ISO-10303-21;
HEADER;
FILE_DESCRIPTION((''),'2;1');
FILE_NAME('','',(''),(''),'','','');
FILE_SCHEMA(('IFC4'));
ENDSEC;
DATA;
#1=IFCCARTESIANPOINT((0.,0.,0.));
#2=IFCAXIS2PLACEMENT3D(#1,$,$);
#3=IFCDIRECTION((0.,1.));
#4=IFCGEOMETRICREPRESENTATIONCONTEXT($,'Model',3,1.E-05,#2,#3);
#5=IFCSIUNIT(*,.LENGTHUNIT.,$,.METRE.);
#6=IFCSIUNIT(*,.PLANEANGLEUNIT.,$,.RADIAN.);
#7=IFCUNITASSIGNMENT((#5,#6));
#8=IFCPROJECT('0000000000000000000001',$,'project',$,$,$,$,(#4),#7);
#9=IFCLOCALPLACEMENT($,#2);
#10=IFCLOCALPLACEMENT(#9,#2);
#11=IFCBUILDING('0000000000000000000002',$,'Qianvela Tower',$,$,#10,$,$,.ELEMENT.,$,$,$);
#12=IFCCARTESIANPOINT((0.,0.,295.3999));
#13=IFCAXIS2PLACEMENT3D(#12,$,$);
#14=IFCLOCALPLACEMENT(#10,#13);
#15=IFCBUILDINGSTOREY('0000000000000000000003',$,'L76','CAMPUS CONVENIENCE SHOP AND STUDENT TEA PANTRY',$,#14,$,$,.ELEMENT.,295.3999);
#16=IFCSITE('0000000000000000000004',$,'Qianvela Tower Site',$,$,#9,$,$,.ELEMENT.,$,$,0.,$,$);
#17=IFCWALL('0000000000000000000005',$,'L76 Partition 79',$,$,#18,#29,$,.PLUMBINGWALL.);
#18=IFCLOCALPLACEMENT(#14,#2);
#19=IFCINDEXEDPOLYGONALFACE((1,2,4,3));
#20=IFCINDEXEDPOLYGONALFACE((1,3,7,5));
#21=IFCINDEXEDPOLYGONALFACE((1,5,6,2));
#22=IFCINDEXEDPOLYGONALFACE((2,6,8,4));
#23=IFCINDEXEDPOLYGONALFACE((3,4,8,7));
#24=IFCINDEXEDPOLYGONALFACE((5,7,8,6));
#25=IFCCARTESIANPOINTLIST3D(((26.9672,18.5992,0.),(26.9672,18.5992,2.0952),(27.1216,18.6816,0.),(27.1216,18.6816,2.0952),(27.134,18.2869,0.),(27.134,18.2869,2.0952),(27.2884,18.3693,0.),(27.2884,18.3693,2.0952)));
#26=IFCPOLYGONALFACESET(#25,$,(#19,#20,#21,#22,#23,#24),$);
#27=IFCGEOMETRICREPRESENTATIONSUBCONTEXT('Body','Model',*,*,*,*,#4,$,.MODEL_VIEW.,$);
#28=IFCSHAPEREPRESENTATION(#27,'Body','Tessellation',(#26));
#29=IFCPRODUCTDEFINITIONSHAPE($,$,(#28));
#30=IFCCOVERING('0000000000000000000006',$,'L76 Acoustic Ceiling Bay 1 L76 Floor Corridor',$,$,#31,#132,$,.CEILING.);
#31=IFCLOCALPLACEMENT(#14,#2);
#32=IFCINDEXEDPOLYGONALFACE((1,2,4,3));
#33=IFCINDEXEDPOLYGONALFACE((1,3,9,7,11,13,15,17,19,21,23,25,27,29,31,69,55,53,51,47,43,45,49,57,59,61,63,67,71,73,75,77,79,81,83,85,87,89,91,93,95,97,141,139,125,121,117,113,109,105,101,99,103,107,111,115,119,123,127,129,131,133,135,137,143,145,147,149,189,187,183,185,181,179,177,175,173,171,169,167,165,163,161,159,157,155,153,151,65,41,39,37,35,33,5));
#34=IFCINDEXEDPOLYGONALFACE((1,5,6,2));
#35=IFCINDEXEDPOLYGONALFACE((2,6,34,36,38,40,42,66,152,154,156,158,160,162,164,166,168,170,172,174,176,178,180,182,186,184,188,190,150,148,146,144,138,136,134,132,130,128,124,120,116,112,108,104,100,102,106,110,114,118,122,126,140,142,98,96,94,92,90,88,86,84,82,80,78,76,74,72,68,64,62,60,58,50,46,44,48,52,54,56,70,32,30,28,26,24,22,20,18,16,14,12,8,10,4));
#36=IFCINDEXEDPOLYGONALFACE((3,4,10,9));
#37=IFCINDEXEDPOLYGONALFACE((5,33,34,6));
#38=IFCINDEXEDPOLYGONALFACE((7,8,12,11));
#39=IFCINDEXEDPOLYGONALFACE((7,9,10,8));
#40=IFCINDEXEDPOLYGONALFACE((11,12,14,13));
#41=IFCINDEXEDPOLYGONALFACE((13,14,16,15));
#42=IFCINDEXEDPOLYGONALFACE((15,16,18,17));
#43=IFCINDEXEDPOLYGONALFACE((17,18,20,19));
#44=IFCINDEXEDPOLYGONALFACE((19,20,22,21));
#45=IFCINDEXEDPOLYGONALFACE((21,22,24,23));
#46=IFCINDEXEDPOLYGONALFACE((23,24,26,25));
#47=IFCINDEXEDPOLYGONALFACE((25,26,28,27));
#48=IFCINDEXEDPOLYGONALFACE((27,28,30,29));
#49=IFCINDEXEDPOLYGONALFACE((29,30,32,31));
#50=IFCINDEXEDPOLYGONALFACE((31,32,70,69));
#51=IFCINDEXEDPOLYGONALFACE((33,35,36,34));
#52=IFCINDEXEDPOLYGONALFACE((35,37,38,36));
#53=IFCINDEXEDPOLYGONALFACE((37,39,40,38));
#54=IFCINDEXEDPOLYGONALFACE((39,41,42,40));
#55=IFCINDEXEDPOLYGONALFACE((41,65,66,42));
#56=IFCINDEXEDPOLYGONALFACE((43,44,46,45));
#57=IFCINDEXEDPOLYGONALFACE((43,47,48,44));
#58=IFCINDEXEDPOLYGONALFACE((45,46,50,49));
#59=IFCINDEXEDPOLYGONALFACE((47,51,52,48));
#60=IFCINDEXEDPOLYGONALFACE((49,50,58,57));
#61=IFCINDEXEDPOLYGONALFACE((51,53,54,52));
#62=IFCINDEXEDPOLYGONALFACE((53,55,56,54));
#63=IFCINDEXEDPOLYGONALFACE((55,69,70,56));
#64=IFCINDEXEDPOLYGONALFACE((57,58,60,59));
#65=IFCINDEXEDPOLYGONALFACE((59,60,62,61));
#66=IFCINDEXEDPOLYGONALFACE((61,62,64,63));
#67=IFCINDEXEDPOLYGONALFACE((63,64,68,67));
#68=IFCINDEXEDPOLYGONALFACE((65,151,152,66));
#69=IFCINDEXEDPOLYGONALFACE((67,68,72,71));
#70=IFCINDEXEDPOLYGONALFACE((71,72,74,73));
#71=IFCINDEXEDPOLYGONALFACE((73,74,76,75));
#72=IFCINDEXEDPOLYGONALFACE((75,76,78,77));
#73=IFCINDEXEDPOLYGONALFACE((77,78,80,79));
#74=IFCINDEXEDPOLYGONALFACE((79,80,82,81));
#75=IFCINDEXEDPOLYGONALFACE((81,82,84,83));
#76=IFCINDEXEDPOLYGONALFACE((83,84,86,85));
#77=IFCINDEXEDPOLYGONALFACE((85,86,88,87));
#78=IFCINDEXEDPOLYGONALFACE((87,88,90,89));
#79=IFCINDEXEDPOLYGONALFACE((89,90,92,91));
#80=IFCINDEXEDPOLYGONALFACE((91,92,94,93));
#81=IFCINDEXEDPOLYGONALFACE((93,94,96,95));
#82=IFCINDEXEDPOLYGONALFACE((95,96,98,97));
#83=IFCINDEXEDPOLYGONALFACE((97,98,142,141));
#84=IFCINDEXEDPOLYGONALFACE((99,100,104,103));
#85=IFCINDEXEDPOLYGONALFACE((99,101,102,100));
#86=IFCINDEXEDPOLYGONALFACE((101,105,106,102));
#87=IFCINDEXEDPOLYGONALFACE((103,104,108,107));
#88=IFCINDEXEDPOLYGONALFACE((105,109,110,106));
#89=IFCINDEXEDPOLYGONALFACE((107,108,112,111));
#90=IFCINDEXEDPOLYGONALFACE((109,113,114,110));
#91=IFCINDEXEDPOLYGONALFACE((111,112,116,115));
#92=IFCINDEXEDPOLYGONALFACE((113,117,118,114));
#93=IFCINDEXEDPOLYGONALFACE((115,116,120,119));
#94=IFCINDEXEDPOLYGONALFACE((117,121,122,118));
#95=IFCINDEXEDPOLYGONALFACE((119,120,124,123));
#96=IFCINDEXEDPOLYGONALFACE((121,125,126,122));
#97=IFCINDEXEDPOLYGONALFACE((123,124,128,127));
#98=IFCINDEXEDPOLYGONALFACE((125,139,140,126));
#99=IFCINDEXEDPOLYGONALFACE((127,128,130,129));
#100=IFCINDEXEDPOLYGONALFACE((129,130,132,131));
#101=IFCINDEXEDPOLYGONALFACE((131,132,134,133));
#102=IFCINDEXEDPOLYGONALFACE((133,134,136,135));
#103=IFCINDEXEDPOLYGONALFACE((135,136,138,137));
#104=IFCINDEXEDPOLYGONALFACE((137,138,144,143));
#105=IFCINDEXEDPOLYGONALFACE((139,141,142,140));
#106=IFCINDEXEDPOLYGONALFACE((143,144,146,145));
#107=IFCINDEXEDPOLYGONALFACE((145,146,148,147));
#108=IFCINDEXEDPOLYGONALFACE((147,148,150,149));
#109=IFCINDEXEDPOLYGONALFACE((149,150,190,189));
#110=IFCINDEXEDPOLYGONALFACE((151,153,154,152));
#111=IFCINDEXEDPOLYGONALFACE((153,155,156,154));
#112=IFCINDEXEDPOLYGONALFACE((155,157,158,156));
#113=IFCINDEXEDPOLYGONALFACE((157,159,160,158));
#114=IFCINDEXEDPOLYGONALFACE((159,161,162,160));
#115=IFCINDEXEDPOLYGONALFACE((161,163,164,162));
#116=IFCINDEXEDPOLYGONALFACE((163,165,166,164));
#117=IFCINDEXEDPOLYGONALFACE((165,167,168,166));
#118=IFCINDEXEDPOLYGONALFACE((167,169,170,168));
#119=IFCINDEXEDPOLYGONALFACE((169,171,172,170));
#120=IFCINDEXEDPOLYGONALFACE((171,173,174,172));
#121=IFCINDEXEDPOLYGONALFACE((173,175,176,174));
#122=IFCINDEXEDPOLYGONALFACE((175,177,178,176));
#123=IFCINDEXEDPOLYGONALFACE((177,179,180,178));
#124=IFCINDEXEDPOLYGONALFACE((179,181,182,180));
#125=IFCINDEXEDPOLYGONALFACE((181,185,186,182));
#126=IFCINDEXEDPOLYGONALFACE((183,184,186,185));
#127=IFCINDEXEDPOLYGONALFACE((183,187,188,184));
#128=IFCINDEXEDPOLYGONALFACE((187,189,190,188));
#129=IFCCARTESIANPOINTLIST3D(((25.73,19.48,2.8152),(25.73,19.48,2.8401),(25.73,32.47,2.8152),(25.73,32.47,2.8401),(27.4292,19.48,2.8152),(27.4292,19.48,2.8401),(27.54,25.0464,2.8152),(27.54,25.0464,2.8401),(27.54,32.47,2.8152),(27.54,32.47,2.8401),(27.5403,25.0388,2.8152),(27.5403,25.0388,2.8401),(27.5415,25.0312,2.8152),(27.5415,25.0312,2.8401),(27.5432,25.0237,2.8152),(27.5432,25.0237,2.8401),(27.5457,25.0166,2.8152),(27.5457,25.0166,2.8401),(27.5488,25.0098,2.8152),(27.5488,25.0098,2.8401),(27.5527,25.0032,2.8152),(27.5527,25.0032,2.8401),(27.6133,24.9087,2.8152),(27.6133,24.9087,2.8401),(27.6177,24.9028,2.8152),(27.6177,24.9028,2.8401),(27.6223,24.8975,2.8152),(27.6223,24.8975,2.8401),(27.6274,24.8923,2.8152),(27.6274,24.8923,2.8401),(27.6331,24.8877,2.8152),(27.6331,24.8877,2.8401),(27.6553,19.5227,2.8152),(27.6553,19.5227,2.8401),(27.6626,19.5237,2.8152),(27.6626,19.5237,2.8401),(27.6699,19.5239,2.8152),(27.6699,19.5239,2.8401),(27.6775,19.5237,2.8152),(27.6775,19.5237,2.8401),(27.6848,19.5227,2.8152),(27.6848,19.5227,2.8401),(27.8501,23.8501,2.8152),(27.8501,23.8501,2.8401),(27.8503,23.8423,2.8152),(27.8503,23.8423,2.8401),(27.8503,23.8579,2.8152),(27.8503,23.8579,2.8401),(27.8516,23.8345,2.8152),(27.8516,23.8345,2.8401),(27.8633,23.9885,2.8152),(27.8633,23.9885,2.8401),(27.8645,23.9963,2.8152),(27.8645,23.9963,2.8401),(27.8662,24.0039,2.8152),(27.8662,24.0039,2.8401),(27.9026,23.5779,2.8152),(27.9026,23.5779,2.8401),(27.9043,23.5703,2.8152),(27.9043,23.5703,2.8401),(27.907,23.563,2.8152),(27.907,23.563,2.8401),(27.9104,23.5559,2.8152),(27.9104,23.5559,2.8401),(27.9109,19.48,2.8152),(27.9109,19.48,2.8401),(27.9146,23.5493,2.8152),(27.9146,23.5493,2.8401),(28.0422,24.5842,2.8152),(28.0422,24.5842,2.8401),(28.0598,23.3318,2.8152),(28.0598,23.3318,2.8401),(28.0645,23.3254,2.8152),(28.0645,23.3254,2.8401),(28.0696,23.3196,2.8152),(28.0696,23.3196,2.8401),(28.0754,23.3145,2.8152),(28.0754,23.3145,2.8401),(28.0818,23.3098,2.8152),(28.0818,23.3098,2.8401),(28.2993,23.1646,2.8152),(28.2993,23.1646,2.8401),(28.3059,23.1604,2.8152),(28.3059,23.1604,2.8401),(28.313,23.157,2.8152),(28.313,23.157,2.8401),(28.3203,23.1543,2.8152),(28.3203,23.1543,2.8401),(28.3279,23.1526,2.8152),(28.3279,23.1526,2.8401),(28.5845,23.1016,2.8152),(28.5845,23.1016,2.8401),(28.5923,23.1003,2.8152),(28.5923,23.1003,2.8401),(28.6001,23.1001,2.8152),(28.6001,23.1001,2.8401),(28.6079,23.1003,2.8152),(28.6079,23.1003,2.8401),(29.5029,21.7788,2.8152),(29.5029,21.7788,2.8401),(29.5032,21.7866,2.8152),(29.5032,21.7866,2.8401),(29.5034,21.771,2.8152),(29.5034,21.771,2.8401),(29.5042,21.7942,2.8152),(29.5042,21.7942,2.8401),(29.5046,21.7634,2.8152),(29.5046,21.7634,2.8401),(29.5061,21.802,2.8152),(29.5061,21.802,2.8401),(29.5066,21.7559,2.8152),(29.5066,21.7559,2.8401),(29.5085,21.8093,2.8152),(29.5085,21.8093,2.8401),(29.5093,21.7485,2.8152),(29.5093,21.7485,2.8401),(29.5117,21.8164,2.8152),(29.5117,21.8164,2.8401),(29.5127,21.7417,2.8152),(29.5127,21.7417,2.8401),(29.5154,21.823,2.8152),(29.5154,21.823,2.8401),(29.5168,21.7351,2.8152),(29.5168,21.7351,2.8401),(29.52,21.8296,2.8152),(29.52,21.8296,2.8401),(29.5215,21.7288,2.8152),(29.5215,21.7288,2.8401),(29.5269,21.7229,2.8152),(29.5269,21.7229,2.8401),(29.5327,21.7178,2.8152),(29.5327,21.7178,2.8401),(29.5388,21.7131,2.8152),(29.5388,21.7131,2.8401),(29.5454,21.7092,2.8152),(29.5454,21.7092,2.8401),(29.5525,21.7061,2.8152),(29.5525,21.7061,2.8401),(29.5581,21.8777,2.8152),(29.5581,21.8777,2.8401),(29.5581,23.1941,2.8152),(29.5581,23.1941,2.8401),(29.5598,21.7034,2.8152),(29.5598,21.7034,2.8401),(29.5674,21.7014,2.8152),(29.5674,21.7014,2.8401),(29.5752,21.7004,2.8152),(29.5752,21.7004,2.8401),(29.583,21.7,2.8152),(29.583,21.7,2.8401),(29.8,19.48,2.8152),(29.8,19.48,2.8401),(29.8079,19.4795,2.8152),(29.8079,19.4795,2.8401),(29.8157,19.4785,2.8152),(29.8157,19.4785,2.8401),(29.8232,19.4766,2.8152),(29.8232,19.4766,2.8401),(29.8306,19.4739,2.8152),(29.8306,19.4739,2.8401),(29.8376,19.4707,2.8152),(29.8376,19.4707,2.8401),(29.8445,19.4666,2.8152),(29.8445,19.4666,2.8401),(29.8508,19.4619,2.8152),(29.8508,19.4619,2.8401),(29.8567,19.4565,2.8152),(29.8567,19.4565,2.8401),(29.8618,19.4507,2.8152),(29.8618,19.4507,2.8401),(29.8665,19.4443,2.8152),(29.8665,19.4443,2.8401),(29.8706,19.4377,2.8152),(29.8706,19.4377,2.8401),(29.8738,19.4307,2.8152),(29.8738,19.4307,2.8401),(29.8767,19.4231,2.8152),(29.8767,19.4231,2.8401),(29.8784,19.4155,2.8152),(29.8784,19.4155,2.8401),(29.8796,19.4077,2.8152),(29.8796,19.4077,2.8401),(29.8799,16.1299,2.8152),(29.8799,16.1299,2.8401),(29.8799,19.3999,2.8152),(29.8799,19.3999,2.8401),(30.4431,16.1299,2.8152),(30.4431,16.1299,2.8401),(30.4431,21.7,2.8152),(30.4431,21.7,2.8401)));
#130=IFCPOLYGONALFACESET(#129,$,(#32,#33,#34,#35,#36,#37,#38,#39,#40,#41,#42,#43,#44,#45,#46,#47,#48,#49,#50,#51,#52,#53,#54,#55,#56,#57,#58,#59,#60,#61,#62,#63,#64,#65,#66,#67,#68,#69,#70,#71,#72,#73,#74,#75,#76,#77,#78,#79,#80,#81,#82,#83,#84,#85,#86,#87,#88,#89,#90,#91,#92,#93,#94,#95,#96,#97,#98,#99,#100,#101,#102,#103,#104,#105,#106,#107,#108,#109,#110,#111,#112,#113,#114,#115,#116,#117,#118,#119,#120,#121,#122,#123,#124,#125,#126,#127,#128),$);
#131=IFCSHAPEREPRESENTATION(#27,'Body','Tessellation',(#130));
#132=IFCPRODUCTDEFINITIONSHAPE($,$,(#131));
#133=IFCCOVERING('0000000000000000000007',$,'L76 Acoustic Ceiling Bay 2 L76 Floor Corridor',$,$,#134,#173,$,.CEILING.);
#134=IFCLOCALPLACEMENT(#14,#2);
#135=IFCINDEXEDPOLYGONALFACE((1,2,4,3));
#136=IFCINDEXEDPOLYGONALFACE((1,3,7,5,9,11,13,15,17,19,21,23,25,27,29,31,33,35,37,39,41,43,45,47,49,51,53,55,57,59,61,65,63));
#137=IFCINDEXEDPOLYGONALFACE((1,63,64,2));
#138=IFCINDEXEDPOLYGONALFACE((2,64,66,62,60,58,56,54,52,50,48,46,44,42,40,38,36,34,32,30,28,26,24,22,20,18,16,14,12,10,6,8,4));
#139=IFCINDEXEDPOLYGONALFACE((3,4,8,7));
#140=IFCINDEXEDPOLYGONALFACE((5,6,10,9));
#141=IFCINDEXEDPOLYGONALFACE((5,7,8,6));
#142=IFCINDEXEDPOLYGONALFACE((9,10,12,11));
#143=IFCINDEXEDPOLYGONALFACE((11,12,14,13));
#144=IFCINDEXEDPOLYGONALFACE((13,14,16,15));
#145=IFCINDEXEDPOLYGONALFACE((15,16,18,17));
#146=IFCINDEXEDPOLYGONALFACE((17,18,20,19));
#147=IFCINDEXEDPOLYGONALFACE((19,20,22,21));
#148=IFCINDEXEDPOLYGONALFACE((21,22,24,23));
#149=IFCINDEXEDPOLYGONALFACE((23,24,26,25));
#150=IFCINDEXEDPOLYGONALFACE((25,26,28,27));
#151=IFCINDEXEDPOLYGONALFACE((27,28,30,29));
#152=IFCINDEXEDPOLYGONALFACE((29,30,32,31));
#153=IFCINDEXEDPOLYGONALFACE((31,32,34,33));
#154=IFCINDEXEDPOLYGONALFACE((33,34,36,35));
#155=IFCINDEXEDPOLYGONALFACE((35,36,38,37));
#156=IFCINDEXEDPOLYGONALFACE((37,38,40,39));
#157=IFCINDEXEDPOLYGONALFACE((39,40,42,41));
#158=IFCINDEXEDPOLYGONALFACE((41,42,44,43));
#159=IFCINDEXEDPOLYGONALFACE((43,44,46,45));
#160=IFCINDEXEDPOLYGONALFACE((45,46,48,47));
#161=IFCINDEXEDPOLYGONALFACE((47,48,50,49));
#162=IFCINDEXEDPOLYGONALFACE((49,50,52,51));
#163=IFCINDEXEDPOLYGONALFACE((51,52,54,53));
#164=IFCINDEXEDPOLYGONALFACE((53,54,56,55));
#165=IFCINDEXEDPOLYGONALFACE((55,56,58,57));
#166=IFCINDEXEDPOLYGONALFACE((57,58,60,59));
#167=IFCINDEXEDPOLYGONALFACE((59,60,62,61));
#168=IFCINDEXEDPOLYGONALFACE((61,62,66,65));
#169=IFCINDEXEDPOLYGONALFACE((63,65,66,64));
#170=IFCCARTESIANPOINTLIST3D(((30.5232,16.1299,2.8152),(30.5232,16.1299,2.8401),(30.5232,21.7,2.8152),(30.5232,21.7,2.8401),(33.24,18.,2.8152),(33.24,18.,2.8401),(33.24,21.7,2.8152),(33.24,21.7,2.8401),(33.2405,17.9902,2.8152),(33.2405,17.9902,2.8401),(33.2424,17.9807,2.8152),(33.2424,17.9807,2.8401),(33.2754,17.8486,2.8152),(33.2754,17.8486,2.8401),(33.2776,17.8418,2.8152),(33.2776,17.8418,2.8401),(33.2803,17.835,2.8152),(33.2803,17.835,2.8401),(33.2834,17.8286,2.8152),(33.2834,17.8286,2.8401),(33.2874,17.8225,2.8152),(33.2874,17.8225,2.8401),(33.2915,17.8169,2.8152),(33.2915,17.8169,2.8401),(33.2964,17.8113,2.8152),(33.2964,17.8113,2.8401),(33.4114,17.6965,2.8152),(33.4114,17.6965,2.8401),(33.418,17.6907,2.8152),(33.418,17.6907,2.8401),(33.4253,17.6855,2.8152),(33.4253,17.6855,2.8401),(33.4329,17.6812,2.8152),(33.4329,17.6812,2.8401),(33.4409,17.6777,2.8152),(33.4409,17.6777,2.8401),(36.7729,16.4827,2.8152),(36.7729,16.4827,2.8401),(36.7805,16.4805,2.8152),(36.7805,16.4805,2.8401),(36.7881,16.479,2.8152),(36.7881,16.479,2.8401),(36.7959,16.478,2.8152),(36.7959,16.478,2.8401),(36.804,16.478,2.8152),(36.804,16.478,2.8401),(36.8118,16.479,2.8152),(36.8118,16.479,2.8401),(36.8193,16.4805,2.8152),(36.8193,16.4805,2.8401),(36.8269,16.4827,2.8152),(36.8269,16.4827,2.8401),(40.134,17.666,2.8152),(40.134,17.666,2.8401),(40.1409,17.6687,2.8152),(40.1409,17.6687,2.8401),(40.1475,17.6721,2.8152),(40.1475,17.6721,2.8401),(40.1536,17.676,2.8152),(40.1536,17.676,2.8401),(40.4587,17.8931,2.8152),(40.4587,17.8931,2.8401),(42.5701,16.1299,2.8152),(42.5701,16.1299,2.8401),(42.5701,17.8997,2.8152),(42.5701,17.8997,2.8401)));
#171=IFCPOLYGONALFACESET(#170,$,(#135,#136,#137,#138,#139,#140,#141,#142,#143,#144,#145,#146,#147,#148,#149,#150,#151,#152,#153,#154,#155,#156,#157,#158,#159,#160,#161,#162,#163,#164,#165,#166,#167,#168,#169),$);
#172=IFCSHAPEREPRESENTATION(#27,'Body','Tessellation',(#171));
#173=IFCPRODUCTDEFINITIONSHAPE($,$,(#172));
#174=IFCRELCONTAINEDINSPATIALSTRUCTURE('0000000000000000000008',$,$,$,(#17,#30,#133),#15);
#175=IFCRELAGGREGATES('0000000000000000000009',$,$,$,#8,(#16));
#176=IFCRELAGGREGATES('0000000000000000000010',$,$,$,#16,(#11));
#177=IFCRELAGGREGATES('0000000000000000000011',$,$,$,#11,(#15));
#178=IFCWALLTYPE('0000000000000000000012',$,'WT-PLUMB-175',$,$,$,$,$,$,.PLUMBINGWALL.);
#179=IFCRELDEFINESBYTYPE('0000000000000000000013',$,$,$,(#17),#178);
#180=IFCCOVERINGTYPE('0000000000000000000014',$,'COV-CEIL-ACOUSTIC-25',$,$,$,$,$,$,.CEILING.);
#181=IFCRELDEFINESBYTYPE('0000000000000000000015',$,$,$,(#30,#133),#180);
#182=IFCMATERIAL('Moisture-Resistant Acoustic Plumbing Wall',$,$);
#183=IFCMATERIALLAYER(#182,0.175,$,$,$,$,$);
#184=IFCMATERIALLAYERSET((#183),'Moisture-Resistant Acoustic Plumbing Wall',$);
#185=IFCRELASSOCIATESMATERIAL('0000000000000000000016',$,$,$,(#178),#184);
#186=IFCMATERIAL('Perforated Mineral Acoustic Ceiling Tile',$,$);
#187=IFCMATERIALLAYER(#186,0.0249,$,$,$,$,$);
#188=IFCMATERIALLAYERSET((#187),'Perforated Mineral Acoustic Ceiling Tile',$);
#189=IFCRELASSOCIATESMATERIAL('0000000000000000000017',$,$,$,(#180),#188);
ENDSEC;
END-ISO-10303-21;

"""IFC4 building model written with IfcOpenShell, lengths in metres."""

from ifc_helpers import new_model, si_unit, direction, frame, frame_2d, origin, place, context, subcontext, project, spatial, polyline, rectangle, outline, extrude, material, layer, layer_set, type_object, element, save


model = new_model("IFC4")

# Units and contexts
model_context = context("Model", 3, precision=1e-05, world=origin(), true_north=direction((0.0, 1.0)))
body_context = subcontext(model_context, "Body", "Model", "MODEL_VIEW")
ifc_project = project(units=[si_unit("LENGTHUNIT", "METRE"), si_unit("PLANEANGLEUNIT", "RADIAN")], contexts=[model_context])

# Site, building, storey
site_placement = place(None, origin())
site = spatial("IfcSite", under=ifc_project, at=site_placement, Name="Qianvela Tower Site", CompositionType="ELEMENT", RefElevation=0.0)
building_placement = place(site_placement, origin())
building = spatial("IfcBuilding", under=site, at=building_placement, Name="Qianvela Tower", CompositionType="ELEMENT")
storey_placement = place(building_placement, frame((0.0, 0.0, 295.3999)))
storey = spatial("IfcBuildingStorey", under=building, at=storey_placement, Name="L76", Description="CAMPUS CONVENIENCE SHOP AND STUDENT TEA PANTRY", CompositionType="ELEMENT", Elevation=295.3999)

# Wall
ifc_material_1 = material(Name="Moisture-Resistant Acoustic Plumbing Wall")
ifc_layer_1 = layer(ifc_material_1, 0.175)
ifc_layer_set_1 = layer_set([ifc_layer_1], Name="Moisture-Resistant Acoustic Plumbing Wall")
wall_type_1 = type_object("IfcWallType", Name="WT-PLUMB-175", PredefinedType="PLUMBINGWALL", material=ifc_layer_set_1)
wall_1_placement = place(storey_placement, frame((27.0444, 18.6404, 0.0), z_axis=(0.0, 0.0, 1.0), x_axis=(0.471054, -0.882105, 0.0)))
element("IfcWall", 1, at=wall_1_placement, inside=storey, type_object=wall_type_1, Name="L76 Partition 79", PredefinedType="PLUMBINGWALL", context=body_context, shape_type="SweptSolid", body=[
    extrude(rectangle(XDim=0.354, YDim=0.175, at=frame_2d((0.177, 0.0))), origin(), (0.0, 0.0, 1.0), 2.0952),
])

# Coverings
ifc_material_2 = material(Name="Perforated Mineral Acoustic Ceiling Tile")
ifc_layer_2 = layer(ifc_material_2, 0.0249)
ifc_layer_set_2 = layer_set([ifc_layer_2], Name="Perforated Mineral Acoustic Ceiling Tile")
covering_type_1 = type_object("IfcCoveringType", Name="COV-CEIL-ACOUSTIC-25", PredefinedType="CEILING", material=ifc_layer_set_2)
covering_1_placement = place(storey_placement, frame((0.0, 0.0, 2.8152)))
element("IfcCovering", 2, at=covering_1_placement, inside=storey, type_object=covering_type_1, Name="L76 Acoustic Ceiling Bay 1 L76 Floor Corridor", PredefinedType="CEILING", context=body_context, shape_type="SweptSolid", body=[
    extrude(outline(polyline([(27.8501, 23.8501), (27.8503, 23.8423), (27.8516, 23.8345), (27.9026, 23.5779), (27.9043, 23.5703), (27.907, 23.563), (27.9104, 23.5559), (27.9146, 23.5493), (28.0598, 23.3318), (28.0645, 23.3254), (28.0696, 23.3196), (28.0754, 23.3145), (28.0818, 23.3098), (28.2993, 23.1646), (28.3059, 23.1604), (28.313, 23.157), (28.3203, 23.1543), (28.3279, 23.1526), (28.5845, 23.1016), (28.5923, 23.1003), (28.6001, 23.1001), (28.6079, 23.1003), (29.5581, 23.1941), (29.5581, 21.8777), (29.52, 21.8296), (29.5154, 21.823), (29.5117, 21.8164), (29.5085, 21.8093), (29.5061, 21.802), (29.5042, 21.7942), (29.5032, 21.7866), (29.5029, 21.7788), (29.5034, 21.771), (29.5046, 21.7634), (29.5066, 21.7559), (29.5093, 21.7485), (29.5127, 21.7417), (29.5168, 21.7351), (29.5215, 21.7288), (29.5269, 21.7229), (29.5327, 21.7178), (29.5388, 21.7131), (29.5454, 21.7092), (29.5525, 21.7061), (29.5598, 21.7034), (29.5674, 21.7014), (29.5752, 21.7004), (29.583, 21.7), (30.4431, 21.7), (30.4431, 16.1299), (29.8799, 16.1299), (29.8799, 19.3999), (29.8796, 19.4077), (29.8784, 19.4155), (29.8767, 19.4231), (29.8738, 19.4307), (29.8706, 19.4377), (29.8665, 19.4443), (29.8618, 19.4507), (29.8567, 19.4565), (29.8508, 19.4619), (29.8445, 19.4666), (29.8376, 19.4707), (29.8306, 19.4739), (29.8232, 19.4766), (29.8157, 19.4785), (29.8079, 19.4795), (29.8, 19.48), (27.9109, 19.48), (27.6848, 19.5227), (27.6775, 19.5237), (27.6699, 19.5239), (27.6626, 19.5237), (27.6553, 19.5227), (27.4292, 19.48), (25.73, 19.48), (25.73, 32.47), (27.54, 32.47), (27.54, 25.0464), (27.5403, 25.0388), (27.5415, 25.0312), (27.5432, 25.0237), (27.5457, 25.0166), (27.5488, 25.0098), (27.5527, 25.0032), (27.6133, 24.9087), (27.6177, 24.9028), (27.6223, 24.8975), (27.6274, 24.8923), (27.6331, 24.8877), (28.0422, 24.5842), (27.8662, 24.0039), (27.8645, 23.9963), (27.8633, 23.9885), (27.8503, 23.8579), (27.8501, 23.8501)])), origin(), (0.0, 0.0, 1.0), 0.0249),
])
covering_2_placement = place(storey_placement, frame((0.0, 0.0, 2.8152)))
element("IfcCovering", 3, at=covering_2_placement, inside=storey, type_object=covering_type_1, Name="L76 Acoustic Ceiling Bay 2 L76 Floor Corridor", PredefinedType="CEILING", context=body_context, shape_type="SweptSolid", body=[
    extrude(outline(polyline([(33.24, 21.7), (33.24, 18.0), (33.2405, 17.9902), (33.2424, 17.9807), (33.2754, 17.8486), (33.2776, 17.8418), (33.2803, 17.835), (33.2834, 17.8286), (33.2874, 17.8225), (33.2915, 17.8169), (33.2964, 17.8113), (33.4114, 17.6965), (33.418, 17.6907), (33.4253, 17.6855), (33.4329, 17.6812), (33.4409, 17.6777), (36.7729, 16.4827), (36.7805, 16.4805), (36.7881, 16.479), (36.7959, 16.478), (36.804, 16.478), (36.8118, 16.479), (36.8193, 16.4805), (36.8269, 16.4827), (40.134, 17.666), (40.1409, 17.6687), (40.1475, 17.6721), (40.1536, 17.676), (40.4587, 17.8931), (42.5701, 17.8997), (42.5701, 16.1299), (30.5232, 16.1299), (30.5232, 21.7), (33.24, 21.7)])), origin(), (0.0, 0.0, 1.0), 0.0249),
])

save(model, "model.ifc")
